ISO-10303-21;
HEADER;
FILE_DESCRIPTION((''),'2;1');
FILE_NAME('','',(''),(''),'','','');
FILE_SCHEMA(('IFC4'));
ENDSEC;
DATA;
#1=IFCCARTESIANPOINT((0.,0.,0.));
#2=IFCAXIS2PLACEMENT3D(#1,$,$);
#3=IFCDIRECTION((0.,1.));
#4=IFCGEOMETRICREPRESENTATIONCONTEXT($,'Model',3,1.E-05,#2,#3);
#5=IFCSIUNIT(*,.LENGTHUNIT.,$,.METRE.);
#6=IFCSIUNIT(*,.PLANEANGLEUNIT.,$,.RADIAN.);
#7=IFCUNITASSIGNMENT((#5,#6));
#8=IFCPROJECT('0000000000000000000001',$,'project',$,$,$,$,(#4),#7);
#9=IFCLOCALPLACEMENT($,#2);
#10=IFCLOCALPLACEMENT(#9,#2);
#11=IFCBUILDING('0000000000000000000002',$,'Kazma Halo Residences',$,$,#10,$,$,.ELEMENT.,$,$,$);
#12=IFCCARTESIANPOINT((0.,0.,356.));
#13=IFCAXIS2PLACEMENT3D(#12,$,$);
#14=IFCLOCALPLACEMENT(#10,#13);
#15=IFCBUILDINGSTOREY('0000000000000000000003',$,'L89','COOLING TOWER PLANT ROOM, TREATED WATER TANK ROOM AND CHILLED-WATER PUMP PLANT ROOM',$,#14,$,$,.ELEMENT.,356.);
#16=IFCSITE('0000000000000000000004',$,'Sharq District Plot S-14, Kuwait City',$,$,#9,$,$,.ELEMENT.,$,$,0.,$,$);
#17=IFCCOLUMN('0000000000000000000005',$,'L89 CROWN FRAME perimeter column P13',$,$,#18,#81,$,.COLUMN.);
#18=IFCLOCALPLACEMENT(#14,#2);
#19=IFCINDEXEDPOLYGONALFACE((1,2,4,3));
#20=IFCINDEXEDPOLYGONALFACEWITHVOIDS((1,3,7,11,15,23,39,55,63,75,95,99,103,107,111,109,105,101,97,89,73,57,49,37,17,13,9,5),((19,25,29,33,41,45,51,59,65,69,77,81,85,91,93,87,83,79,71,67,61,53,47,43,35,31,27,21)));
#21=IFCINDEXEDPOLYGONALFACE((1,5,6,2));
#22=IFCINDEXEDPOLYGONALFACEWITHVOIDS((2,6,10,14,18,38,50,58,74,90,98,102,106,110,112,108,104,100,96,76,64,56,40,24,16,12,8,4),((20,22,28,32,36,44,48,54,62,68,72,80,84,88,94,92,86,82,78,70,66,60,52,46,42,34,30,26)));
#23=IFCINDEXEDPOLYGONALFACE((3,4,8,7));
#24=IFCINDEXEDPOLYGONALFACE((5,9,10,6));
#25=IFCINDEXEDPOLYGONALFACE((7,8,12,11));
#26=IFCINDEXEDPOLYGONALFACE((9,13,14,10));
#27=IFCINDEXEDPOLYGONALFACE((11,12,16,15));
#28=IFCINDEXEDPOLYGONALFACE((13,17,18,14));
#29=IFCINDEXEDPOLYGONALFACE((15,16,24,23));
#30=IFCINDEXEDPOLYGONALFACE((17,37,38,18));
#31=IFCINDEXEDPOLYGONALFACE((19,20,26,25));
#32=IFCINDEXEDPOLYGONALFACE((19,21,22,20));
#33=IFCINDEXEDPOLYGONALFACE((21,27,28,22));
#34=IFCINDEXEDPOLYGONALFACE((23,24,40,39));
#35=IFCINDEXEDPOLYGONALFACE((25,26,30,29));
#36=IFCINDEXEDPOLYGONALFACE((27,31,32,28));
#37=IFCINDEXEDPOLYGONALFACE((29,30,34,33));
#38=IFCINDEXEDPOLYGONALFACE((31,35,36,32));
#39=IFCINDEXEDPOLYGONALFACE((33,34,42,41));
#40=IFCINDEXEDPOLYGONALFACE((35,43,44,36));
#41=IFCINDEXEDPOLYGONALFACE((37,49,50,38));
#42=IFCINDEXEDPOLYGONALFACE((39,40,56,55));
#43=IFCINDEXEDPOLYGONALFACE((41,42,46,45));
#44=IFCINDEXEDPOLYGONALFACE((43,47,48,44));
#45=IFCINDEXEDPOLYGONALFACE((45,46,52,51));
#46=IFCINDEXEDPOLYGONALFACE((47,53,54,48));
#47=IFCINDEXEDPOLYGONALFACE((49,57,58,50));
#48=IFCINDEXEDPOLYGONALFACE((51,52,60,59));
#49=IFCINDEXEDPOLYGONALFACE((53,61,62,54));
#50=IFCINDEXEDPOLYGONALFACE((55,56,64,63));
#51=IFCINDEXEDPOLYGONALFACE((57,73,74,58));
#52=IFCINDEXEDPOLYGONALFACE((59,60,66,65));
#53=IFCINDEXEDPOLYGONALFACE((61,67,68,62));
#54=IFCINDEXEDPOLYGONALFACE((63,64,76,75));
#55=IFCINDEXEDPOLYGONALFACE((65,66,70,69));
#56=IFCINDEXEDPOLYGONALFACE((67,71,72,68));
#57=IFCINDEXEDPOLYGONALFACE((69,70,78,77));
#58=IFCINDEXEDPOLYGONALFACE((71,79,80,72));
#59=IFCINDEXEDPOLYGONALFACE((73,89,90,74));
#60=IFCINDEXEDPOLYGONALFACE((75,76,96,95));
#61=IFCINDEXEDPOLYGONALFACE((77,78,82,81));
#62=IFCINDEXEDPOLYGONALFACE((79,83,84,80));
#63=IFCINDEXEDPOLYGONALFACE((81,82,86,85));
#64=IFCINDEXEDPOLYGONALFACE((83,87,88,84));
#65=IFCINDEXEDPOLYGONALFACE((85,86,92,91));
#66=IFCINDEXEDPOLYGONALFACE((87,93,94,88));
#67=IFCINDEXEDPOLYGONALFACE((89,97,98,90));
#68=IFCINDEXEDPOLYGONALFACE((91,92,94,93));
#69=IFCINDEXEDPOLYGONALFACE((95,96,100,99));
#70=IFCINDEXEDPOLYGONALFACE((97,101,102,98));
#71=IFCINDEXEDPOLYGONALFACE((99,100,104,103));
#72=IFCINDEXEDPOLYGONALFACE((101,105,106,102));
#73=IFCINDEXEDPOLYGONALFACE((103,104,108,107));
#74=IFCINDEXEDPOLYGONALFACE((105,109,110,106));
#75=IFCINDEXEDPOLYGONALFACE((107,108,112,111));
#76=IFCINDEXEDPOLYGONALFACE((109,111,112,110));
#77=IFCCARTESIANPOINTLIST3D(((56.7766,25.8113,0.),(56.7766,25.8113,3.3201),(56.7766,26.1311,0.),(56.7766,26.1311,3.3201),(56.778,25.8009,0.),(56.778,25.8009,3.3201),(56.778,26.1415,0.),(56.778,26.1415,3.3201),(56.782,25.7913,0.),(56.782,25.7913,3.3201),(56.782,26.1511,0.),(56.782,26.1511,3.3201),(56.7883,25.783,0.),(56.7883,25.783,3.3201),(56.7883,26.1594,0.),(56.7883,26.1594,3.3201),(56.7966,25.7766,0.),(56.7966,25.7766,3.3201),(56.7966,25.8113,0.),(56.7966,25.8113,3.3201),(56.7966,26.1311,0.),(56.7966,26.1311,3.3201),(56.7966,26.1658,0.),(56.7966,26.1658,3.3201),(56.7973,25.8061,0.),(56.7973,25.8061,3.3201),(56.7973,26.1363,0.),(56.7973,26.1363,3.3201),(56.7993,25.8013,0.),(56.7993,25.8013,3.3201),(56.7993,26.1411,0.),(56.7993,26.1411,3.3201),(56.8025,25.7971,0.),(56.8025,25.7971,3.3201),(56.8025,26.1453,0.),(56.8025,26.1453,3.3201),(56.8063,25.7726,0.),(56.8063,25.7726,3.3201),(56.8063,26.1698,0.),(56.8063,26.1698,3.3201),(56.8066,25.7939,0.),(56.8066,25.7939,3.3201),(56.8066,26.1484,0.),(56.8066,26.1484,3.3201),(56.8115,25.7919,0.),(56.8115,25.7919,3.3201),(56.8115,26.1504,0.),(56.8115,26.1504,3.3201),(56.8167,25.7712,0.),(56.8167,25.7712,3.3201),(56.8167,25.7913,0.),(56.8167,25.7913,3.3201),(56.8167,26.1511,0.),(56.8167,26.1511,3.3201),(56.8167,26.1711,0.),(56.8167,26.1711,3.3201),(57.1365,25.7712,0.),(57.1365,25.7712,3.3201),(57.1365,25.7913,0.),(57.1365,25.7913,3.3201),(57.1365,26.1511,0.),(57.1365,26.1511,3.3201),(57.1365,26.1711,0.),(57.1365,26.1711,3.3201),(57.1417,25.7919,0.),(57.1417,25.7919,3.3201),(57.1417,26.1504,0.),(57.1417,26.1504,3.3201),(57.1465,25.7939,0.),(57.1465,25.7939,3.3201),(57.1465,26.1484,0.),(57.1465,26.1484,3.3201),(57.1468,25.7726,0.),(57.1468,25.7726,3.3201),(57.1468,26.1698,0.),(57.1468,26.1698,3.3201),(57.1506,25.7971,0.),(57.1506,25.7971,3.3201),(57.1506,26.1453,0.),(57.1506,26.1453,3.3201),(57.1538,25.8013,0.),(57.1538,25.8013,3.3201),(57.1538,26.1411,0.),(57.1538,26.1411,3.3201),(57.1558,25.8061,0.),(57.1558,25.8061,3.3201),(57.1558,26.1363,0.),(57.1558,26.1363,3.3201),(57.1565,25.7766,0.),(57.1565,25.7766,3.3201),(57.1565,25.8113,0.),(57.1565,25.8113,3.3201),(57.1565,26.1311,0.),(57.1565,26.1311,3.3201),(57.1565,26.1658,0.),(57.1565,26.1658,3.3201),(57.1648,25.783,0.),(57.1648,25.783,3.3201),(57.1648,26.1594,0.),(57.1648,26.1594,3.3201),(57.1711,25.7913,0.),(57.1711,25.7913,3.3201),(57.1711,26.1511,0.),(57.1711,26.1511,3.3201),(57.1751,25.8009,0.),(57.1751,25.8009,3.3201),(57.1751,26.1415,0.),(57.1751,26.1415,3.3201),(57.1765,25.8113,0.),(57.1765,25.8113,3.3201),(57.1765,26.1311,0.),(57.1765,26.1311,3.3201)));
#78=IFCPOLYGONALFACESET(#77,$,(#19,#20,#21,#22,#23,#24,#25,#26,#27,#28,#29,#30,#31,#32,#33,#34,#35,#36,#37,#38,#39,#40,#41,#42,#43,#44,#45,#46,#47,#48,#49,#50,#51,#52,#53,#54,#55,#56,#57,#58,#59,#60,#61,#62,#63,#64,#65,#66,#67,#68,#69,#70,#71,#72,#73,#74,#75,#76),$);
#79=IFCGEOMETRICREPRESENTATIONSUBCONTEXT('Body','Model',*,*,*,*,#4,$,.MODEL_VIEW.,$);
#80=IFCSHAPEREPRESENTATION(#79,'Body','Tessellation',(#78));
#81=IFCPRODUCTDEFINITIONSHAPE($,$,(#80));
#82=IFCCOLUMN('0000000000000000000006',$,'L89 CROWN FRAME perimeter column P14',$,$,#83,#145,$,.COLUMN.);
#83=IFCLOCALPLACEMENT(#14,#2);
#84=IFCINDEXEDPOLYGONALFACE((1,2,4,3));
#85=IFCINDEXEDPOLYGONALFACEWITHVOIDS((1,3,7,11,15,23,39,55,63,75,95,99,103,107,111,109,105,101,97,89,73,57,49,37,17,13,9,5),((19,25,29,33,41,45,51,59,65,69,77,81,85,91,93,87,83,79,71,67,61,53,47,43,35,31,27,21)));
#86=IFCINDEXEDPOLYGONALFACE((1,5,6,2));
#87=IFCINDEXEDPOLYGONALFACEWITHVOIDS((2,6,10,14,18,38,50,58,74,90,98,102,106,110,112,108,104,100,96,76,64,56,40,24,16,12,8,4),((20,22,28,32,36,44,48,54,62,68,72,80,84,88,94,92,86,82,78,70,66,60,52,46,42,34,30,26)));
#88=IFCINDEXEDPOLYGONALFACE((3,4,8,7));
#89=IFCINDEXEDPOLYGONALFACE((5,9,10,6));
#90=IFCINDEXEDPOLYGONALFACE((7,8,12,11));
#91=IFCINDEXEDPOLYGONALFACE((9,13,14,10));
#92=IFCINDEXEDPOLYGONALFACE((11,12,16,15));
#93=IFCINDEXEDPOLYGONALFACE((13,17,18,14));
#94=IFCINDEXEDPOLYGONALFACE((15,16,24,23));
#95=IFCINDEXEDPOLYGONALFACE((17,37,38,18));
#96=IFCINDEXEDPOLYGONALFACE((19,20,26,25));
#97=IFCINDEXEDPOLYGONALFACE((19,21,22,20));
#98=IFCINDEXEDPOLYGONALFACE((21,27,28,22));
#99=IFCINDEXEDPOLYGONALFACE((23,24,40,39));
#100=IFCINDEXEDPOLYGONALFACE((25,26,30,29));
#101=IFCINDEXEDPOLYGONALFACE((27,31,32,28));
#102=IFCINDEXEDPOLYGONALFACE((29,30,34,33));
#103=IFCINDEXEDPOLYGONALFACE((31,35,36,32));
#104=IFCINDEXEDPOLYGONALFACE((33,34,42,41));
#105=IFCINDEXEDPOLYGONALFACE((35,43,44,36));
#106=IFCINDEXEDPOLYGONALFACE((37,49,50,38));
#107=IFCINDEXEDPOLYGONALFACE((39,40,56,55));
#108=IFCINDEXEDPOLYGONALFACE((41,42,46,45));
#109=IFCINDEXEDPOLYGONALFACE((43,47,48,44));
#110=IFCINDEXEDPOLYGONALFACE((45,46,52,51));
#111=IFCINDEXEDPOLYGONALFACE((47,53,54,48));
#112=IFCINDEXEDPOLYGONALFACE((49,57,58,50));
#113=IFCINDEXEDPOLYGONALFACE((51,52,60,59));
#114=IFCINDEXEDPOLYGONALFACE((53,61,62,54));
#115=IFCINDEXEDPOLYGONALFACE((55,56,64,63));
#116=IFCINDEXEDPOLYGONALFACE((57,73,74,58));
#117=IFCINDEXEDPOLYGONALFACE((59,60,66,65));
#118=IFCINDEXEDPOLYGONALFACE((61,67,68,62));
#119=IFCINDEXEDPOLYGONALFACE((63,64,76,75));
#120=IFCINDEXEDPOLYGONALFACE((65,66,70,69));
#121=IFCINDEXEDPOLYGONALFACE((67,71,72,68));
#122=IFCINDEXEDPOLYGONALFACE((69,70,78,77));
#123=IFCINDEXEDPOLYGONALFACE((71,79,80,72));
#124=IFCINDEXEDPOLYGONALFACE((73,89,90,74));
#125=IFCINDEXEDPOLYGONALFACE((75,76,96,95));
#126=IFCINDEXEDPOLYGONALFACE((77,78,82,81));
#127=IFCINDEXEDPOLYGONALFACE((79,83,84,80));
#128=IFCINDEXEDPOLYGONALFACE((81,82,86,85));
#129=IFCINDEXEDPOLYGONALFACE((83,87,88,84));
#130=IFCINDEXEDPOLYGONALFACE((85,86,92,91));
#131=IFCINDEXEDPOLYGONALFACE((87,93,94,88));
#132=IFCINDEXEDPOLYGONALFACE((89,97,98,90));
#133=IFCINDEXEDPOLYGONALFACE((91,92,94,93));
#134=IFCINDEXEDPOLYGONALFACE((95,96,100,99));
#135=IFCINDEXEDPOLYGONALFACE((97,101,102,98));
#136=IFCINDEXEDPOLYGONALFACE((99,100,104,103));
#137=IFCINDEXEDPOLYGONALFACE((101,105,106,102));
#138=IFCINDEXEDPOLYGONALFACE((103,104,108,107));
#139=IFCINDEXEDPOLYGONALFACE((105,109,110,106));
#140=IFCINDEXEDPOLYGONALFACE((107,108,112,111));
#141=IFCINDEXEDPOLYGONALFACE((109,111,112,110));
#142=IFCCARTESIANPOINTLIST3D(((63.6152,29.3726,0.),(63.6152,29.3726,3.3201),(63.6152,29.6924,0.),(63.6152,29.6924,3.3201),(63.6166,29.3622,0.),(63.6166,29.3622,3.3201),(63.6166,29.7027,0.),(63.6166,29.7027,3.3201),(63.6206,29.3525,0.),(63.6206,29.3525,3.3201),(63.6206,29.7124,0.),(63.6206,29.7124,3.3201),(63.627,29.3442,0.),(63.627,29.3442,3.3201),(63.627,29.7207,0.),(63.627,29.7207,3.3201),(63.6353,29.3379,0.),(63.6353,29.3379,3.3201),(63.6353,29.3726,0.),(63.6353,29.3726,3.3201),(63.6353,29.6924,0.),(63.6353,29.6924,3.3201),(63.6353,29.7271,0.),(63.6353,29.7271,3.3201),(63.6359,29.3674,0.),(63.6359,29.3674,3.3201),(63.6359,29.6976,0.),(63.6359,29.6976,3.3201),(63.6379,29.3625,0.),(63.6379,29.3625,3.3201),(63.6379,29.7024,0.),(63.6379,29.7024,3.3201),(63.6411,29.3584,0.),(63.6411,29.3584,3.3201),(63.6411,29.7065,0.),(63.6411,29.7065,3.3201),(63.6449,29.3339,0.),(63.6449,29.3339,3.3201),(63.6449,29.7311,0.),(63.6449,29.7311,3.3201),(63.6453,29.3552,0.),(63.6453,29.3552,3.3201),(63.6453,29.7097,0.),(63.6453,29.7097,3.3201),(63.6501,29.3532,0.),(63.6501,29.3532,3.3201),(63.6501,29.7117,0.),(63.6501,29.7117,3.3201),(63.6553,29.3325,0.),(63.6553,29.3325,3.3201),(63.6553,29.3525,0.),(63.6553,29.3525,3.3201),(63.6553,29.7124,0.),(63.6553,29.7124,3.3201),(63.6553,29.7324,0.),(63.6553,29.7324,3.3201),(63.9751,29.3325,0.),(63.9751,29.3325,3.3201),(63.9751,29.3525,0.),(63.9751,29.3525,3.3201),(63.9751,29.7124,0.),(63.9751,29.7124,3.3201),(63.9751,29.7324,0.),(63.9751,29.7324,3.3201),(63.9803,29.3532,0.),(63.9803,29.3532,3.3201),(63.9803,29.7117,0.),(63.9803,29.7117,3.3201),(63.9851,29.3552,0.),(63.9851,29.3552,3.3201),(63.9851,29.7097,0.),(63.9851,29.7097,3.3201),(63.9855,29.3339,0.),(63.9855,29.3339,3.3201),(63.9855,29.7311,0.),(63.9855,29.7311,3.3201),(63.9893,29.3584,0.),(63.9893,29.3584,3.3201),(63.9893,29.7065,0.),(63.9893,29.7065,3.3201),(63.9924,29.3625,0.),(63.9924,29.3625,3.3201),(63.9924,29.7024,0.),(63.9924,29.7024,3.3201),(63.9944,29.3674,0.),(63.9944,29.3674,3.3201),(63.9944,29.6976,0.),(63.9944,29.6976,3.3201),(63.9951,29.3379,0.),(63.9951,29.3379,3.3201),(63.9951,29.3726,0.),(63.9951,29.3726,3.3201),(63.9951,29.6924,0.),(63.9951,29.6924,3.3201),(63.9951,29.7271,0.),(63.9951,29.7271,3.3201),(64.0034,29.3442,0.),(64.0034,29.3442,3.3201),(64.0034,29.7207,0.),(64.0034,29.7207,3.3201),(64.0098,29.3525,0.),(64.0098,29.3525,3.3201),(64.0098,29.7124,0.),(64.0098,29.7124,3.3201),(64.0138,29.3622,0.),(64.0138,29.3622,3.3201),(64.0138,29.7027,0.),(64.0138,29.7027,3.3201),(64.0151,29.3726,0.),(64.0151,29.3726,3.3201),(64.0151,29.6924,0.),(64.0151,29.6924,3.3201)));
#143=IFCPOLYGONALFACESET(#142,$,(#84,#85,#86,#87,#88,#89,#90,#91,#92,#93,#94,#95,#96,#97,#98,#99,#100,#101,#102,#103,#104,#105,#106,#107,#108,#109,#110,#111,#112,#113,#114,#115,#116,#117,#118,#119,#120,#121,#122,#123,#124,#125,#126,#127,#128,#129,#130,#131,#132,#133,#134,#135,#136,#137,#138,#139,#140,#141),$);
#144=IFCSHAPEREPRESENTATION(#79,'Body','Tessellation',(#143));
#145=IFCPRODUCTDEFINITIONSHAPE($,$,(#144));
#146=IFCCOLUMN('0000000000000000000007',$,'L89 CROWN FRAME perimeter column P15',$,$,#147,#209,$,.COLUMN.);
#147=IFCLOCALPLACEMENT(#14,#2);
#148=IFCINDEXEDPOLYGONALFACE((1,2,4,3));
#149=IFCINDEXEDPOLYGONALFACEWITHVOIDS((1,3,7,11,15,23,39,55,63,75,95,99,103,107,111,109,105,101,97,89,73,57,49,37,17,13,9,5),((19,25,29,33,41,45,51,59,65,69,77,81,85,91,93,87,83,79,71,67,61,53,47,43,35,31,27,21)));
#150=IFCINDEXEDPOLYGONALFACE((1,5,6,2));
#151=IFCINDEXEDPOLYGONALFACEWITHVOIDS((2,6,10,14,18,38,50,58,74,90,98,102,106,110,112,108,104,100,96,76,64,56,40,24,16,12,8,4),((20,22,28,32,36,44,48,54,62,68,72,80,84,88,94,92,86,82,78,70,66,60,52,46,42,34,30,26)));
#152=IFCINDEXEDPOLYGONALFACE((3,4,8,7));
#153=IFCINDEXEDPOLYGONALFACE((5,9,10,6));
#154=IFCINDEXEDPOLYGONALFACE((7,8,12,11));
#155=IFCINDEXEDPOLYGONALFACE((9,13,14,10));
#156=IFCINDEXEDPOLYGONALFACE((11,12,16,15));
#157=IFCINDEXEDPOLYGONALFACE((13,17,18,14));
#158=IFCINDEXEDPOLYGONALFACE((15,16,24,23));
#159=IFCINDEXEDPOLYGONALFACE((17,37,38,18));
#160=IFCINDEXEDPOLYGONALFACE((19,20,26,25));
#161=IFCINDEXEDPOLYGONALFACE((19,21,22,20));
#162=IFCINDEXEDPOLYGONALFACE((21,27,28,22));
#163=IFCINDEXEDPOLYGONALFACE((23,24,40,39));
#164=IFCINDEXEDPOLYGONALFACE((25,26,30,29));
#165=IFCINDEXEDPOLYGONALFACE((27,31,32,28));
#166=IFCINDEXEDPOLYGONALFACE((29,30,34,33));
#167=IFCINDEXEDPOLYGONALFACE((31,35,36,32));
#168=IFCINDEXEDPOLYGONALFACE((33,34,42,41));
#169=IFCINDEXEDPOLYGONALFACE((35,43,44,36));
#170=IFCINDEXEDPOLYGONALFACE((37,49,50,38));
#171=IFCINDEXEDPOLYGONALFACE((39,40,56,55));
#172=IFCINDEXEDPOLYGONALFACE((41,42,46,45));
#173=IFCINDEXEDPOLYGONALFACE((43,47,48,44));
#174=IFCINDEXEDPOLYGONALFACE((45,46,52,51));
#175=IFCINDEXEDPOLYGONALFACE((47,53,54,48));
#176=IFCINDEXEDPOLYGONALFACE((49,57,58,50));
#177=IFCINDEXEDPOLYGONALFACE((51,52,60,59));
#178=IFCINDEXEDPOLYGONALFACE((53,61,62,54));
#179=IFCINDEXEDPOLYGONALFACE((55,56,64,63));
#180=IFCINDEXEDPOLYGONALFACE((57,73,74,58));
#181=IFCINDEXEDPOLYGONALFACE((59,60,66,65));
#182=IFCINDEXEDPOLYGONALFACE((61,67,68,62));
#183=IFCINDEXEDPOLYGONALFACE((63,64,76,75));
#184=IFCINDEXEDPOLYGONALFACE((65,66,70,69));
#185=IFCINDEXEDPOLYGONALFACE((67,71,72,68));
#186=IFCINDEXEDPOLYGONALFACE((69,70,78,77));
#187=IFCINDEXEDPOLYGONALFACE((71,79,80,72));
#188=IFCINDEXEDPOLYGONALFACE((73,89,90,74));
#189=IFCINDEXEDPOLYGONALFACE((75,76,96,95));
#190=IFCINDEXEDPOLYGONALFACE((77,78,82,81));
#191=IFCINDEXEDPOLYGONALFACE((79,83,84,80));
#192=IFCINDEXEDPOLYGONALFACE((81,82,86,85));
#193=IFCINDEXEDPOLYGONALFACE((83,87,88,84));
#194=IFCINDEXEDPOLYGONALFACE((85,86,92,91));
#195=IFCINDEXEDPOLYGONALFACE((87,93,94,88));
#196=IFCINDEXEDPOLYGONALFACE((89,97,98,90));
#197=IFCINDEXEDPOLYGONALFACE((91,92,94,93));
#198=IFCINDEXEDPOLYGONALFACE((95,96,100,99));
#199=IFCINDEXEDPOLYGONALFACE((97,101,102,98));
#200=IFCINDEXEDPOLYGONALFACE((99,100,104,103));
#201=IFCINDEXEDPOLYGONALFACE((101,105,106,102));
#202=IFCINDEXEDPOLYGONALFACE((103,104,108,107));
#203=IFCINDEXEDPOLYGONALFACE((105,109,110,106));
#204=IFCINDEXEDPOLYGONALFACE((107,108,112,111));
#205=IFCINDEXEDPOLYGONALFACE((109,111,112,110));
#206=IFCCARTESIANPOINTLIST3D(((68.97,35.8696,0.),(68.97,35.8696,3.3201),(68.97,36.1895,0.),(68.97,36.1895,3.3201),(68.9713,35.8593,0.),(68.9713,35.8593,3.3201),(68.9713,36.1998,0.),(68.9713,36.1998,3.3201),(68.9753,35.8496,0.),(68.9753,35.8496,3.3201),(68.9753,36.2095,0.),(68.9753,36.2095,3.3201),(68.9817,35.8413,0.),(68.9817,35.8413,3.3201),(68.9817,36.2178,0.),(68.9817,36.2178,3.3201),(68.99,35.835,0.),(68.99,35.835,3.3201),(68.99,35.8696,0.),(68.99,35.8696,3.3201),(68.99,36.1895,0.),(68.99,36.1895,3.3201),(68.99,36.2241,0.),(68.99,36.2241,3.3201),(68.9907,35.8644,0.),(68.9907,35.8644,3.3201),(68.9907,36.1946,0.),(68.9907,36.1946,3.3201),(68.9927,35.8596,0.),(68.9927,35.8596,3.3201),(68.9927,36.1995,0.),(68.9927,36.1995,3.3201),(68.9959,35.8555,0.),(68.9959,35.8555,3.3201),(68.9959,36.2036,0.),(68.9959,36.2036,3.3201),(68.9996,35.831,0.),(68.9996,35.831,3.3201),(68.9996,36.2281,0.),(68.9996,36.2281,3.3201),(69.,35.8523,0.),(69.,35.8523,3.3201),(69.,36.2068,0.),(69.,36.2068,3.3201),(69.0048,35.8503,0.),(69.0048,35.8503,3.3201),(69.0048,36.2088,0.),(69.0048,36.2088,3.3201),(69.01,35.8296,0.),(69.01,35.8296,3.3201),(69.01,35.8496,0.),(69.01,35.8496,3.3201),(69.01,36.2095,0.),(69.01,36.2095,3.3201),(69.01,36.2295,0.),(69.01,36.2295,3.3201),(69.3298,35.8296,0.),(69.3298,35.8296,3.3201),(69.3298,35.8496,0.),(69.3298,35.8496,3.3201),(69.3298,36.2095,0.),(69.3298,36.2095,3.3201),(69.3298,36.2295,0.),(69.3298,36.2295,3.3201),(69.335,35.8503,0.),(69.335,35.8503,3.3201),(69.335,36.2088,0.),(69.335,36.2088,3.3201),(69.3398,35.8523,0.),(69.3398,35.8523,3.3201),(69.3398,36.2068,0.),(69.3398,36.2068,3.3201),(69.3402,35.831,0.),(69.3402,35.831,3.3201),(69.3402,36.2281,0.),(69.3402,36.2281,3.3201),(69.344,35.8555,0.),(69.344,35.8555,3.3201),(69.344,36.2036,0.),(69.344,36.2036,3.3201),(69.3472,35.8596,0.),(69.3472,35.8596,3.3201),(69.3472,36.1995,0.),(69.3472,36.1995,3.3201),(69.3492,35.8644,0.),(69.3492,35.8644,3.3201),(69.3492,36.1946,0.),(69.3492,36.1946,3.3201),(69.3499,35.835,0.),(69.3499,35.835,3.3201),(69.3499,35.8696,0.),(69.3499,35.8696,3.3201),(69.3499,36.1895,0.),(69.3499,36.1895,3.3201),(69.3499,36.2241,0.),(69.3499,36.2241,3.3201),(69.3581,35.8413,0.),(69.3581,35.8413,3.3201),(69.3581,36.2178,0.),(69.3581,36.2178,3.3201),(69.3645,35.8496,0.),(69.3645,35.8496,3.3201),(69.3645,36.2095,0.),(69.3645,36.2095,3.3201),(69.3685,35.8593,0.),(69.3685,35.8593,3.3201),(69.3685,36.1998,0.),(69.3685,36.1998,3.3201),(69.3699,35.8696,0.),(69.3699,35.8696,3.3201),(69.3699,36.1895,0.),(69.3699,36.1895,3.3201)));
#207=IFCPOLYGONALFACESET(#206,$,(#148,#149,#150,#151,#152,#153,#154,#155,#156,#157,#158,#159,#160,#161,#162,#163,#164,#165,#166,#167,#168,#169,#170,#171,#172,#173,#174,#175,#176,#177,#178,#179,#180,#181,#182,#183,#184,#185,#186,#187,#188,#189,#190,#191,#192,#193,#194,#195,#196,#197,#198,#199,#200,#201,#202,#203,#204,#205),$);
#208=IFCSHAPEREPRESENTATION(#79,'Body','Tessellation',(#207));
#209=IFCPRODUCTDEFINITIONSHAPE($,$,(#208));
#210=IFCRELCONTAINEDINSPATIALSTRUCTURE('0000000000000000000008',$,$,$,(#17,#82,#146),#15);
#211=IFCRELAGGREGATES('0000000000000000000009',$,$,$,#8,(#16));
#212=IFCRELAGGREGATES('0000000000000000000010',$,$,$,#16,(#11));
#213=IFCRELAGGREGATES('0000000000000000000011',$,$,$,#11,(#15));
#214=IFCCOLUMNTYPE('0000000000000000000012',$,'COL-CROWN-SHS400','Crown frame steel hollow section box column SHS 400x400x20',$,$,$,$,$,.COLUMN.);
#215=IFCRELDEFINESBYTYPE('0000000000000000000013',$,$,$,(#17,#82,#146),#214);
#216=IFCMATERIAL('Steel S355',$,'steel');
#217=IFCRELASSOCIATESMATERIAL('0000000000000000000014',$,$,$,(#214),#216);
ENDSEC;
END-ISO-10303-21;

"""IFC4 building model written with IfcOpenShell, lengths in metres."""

from ifc_helpers import new_model, si_unit, direction, frame, origin, origin_2d, place, context, subcontext, project, spatial, hollow_rectangle, extrude, material, material_profile, profile_set, type_object, element, save


model = new_model("IFC4")

# Units and contexts
model_context = context("Model", 3, precision=1e-05, world=origin(), true_north=direction((0.0, 1.0)))
body_context = subcontext(model_context, "Body", "Model", "MODEL_VIEW")
ifc_project = project(units=[si_unit("LENGTHUNIT", "METRE"), si_unit("PLANEANGLEUNIT", "RADIAN")], contexts=[model_context])

# Site, building, storey
site_placement = place(None, origin())
site = spatial("IfcSite", under=ifc_project, at=site_placement, Name="Sharq District Plot S-14, Kuwait City", CompositionType="ELEMENT", RefElevation=0.0)
building_placement = place(site_placement, origin())
building = spatial("IfcBuilding", under=site, at=building_placement, Name="Kazma Halo Residences", CompositionType="ELEMENT")
storey_placement = place(building_placement, frame((0.0, 0.0, 356.0)))
storey = spatial("IfcBuildingStorey", under=building, at=storey_placement, Name="L89", Description="COOLING TOWER PLANT ROOM, TREATED WATER TANK ROOM AND CHILLED-WATER PUMP PLANT ROOM", CompositionType="ELEMENT", Elevation=356.0)

# Columns
ifc_material_1 = material(Name="Steel S355", Category="steel")
ifc_material_profile_1 = material_profile(ifc_material_1, hollow_rectangle(XDim=0.3999, YDim=0.3999, WallThickness=0.02, InnerFilletRadius=0.02, OuterFilletRadius=0.04, at=origin_2d()), Name="SHS400x400x20")
ifc_profile_set_1 = profile_set([ifc_material_profile_1], Name="Steel S355")
column_type = type_object("IfcColumnType", Name="COL-CROWN-SHS400", Description="Crown frame steel hollow section box column SHS 400x400x20", PredefinedType="COLUMN", material=ifc_profile_set_1)
for number, where, z_axis, x_axis, name in (
    (1, (56.9766, 25.9712, 0.0), (0.0, 0.0, 1.0), (1.0, 0.0, 0.0), "L89 CROWN FRAME perimeter column P13"),
    (2, (63.8152, 29.5325, 0.0), (0.0, 0.0, 1.0), (1.0, 0.0, 0.0), "L89 CROWN FRAME perimeter column P14"),
    (3, (69.1699, 36.0295, 0.0), (0.0, 0.0, 1.0), (1.0, 0.0, 0.0), "L89 CROWN FRAME perimeter column P15"),
):
    element("IfcColumn", number, at=place(storey_placement, frame(where, z_axis=z_axis, x_axis=x_axis)), inside=storey, type_object=column_type, Name=name, PredefinedType="COLUMN", context=body_context, shape_type="SweptSolid", body=[
        extrude(hollow_rectangle(XDim=0.3999, YDim=0.3999, WallThickness=0.02, InnerFilletRadius=0.02, OuterFilletRadius=0.04, at=origin_2d()), origin(), (0.0, 0.0, 1.0), 3.3201),
    ])

save(model, "model.ifc")
